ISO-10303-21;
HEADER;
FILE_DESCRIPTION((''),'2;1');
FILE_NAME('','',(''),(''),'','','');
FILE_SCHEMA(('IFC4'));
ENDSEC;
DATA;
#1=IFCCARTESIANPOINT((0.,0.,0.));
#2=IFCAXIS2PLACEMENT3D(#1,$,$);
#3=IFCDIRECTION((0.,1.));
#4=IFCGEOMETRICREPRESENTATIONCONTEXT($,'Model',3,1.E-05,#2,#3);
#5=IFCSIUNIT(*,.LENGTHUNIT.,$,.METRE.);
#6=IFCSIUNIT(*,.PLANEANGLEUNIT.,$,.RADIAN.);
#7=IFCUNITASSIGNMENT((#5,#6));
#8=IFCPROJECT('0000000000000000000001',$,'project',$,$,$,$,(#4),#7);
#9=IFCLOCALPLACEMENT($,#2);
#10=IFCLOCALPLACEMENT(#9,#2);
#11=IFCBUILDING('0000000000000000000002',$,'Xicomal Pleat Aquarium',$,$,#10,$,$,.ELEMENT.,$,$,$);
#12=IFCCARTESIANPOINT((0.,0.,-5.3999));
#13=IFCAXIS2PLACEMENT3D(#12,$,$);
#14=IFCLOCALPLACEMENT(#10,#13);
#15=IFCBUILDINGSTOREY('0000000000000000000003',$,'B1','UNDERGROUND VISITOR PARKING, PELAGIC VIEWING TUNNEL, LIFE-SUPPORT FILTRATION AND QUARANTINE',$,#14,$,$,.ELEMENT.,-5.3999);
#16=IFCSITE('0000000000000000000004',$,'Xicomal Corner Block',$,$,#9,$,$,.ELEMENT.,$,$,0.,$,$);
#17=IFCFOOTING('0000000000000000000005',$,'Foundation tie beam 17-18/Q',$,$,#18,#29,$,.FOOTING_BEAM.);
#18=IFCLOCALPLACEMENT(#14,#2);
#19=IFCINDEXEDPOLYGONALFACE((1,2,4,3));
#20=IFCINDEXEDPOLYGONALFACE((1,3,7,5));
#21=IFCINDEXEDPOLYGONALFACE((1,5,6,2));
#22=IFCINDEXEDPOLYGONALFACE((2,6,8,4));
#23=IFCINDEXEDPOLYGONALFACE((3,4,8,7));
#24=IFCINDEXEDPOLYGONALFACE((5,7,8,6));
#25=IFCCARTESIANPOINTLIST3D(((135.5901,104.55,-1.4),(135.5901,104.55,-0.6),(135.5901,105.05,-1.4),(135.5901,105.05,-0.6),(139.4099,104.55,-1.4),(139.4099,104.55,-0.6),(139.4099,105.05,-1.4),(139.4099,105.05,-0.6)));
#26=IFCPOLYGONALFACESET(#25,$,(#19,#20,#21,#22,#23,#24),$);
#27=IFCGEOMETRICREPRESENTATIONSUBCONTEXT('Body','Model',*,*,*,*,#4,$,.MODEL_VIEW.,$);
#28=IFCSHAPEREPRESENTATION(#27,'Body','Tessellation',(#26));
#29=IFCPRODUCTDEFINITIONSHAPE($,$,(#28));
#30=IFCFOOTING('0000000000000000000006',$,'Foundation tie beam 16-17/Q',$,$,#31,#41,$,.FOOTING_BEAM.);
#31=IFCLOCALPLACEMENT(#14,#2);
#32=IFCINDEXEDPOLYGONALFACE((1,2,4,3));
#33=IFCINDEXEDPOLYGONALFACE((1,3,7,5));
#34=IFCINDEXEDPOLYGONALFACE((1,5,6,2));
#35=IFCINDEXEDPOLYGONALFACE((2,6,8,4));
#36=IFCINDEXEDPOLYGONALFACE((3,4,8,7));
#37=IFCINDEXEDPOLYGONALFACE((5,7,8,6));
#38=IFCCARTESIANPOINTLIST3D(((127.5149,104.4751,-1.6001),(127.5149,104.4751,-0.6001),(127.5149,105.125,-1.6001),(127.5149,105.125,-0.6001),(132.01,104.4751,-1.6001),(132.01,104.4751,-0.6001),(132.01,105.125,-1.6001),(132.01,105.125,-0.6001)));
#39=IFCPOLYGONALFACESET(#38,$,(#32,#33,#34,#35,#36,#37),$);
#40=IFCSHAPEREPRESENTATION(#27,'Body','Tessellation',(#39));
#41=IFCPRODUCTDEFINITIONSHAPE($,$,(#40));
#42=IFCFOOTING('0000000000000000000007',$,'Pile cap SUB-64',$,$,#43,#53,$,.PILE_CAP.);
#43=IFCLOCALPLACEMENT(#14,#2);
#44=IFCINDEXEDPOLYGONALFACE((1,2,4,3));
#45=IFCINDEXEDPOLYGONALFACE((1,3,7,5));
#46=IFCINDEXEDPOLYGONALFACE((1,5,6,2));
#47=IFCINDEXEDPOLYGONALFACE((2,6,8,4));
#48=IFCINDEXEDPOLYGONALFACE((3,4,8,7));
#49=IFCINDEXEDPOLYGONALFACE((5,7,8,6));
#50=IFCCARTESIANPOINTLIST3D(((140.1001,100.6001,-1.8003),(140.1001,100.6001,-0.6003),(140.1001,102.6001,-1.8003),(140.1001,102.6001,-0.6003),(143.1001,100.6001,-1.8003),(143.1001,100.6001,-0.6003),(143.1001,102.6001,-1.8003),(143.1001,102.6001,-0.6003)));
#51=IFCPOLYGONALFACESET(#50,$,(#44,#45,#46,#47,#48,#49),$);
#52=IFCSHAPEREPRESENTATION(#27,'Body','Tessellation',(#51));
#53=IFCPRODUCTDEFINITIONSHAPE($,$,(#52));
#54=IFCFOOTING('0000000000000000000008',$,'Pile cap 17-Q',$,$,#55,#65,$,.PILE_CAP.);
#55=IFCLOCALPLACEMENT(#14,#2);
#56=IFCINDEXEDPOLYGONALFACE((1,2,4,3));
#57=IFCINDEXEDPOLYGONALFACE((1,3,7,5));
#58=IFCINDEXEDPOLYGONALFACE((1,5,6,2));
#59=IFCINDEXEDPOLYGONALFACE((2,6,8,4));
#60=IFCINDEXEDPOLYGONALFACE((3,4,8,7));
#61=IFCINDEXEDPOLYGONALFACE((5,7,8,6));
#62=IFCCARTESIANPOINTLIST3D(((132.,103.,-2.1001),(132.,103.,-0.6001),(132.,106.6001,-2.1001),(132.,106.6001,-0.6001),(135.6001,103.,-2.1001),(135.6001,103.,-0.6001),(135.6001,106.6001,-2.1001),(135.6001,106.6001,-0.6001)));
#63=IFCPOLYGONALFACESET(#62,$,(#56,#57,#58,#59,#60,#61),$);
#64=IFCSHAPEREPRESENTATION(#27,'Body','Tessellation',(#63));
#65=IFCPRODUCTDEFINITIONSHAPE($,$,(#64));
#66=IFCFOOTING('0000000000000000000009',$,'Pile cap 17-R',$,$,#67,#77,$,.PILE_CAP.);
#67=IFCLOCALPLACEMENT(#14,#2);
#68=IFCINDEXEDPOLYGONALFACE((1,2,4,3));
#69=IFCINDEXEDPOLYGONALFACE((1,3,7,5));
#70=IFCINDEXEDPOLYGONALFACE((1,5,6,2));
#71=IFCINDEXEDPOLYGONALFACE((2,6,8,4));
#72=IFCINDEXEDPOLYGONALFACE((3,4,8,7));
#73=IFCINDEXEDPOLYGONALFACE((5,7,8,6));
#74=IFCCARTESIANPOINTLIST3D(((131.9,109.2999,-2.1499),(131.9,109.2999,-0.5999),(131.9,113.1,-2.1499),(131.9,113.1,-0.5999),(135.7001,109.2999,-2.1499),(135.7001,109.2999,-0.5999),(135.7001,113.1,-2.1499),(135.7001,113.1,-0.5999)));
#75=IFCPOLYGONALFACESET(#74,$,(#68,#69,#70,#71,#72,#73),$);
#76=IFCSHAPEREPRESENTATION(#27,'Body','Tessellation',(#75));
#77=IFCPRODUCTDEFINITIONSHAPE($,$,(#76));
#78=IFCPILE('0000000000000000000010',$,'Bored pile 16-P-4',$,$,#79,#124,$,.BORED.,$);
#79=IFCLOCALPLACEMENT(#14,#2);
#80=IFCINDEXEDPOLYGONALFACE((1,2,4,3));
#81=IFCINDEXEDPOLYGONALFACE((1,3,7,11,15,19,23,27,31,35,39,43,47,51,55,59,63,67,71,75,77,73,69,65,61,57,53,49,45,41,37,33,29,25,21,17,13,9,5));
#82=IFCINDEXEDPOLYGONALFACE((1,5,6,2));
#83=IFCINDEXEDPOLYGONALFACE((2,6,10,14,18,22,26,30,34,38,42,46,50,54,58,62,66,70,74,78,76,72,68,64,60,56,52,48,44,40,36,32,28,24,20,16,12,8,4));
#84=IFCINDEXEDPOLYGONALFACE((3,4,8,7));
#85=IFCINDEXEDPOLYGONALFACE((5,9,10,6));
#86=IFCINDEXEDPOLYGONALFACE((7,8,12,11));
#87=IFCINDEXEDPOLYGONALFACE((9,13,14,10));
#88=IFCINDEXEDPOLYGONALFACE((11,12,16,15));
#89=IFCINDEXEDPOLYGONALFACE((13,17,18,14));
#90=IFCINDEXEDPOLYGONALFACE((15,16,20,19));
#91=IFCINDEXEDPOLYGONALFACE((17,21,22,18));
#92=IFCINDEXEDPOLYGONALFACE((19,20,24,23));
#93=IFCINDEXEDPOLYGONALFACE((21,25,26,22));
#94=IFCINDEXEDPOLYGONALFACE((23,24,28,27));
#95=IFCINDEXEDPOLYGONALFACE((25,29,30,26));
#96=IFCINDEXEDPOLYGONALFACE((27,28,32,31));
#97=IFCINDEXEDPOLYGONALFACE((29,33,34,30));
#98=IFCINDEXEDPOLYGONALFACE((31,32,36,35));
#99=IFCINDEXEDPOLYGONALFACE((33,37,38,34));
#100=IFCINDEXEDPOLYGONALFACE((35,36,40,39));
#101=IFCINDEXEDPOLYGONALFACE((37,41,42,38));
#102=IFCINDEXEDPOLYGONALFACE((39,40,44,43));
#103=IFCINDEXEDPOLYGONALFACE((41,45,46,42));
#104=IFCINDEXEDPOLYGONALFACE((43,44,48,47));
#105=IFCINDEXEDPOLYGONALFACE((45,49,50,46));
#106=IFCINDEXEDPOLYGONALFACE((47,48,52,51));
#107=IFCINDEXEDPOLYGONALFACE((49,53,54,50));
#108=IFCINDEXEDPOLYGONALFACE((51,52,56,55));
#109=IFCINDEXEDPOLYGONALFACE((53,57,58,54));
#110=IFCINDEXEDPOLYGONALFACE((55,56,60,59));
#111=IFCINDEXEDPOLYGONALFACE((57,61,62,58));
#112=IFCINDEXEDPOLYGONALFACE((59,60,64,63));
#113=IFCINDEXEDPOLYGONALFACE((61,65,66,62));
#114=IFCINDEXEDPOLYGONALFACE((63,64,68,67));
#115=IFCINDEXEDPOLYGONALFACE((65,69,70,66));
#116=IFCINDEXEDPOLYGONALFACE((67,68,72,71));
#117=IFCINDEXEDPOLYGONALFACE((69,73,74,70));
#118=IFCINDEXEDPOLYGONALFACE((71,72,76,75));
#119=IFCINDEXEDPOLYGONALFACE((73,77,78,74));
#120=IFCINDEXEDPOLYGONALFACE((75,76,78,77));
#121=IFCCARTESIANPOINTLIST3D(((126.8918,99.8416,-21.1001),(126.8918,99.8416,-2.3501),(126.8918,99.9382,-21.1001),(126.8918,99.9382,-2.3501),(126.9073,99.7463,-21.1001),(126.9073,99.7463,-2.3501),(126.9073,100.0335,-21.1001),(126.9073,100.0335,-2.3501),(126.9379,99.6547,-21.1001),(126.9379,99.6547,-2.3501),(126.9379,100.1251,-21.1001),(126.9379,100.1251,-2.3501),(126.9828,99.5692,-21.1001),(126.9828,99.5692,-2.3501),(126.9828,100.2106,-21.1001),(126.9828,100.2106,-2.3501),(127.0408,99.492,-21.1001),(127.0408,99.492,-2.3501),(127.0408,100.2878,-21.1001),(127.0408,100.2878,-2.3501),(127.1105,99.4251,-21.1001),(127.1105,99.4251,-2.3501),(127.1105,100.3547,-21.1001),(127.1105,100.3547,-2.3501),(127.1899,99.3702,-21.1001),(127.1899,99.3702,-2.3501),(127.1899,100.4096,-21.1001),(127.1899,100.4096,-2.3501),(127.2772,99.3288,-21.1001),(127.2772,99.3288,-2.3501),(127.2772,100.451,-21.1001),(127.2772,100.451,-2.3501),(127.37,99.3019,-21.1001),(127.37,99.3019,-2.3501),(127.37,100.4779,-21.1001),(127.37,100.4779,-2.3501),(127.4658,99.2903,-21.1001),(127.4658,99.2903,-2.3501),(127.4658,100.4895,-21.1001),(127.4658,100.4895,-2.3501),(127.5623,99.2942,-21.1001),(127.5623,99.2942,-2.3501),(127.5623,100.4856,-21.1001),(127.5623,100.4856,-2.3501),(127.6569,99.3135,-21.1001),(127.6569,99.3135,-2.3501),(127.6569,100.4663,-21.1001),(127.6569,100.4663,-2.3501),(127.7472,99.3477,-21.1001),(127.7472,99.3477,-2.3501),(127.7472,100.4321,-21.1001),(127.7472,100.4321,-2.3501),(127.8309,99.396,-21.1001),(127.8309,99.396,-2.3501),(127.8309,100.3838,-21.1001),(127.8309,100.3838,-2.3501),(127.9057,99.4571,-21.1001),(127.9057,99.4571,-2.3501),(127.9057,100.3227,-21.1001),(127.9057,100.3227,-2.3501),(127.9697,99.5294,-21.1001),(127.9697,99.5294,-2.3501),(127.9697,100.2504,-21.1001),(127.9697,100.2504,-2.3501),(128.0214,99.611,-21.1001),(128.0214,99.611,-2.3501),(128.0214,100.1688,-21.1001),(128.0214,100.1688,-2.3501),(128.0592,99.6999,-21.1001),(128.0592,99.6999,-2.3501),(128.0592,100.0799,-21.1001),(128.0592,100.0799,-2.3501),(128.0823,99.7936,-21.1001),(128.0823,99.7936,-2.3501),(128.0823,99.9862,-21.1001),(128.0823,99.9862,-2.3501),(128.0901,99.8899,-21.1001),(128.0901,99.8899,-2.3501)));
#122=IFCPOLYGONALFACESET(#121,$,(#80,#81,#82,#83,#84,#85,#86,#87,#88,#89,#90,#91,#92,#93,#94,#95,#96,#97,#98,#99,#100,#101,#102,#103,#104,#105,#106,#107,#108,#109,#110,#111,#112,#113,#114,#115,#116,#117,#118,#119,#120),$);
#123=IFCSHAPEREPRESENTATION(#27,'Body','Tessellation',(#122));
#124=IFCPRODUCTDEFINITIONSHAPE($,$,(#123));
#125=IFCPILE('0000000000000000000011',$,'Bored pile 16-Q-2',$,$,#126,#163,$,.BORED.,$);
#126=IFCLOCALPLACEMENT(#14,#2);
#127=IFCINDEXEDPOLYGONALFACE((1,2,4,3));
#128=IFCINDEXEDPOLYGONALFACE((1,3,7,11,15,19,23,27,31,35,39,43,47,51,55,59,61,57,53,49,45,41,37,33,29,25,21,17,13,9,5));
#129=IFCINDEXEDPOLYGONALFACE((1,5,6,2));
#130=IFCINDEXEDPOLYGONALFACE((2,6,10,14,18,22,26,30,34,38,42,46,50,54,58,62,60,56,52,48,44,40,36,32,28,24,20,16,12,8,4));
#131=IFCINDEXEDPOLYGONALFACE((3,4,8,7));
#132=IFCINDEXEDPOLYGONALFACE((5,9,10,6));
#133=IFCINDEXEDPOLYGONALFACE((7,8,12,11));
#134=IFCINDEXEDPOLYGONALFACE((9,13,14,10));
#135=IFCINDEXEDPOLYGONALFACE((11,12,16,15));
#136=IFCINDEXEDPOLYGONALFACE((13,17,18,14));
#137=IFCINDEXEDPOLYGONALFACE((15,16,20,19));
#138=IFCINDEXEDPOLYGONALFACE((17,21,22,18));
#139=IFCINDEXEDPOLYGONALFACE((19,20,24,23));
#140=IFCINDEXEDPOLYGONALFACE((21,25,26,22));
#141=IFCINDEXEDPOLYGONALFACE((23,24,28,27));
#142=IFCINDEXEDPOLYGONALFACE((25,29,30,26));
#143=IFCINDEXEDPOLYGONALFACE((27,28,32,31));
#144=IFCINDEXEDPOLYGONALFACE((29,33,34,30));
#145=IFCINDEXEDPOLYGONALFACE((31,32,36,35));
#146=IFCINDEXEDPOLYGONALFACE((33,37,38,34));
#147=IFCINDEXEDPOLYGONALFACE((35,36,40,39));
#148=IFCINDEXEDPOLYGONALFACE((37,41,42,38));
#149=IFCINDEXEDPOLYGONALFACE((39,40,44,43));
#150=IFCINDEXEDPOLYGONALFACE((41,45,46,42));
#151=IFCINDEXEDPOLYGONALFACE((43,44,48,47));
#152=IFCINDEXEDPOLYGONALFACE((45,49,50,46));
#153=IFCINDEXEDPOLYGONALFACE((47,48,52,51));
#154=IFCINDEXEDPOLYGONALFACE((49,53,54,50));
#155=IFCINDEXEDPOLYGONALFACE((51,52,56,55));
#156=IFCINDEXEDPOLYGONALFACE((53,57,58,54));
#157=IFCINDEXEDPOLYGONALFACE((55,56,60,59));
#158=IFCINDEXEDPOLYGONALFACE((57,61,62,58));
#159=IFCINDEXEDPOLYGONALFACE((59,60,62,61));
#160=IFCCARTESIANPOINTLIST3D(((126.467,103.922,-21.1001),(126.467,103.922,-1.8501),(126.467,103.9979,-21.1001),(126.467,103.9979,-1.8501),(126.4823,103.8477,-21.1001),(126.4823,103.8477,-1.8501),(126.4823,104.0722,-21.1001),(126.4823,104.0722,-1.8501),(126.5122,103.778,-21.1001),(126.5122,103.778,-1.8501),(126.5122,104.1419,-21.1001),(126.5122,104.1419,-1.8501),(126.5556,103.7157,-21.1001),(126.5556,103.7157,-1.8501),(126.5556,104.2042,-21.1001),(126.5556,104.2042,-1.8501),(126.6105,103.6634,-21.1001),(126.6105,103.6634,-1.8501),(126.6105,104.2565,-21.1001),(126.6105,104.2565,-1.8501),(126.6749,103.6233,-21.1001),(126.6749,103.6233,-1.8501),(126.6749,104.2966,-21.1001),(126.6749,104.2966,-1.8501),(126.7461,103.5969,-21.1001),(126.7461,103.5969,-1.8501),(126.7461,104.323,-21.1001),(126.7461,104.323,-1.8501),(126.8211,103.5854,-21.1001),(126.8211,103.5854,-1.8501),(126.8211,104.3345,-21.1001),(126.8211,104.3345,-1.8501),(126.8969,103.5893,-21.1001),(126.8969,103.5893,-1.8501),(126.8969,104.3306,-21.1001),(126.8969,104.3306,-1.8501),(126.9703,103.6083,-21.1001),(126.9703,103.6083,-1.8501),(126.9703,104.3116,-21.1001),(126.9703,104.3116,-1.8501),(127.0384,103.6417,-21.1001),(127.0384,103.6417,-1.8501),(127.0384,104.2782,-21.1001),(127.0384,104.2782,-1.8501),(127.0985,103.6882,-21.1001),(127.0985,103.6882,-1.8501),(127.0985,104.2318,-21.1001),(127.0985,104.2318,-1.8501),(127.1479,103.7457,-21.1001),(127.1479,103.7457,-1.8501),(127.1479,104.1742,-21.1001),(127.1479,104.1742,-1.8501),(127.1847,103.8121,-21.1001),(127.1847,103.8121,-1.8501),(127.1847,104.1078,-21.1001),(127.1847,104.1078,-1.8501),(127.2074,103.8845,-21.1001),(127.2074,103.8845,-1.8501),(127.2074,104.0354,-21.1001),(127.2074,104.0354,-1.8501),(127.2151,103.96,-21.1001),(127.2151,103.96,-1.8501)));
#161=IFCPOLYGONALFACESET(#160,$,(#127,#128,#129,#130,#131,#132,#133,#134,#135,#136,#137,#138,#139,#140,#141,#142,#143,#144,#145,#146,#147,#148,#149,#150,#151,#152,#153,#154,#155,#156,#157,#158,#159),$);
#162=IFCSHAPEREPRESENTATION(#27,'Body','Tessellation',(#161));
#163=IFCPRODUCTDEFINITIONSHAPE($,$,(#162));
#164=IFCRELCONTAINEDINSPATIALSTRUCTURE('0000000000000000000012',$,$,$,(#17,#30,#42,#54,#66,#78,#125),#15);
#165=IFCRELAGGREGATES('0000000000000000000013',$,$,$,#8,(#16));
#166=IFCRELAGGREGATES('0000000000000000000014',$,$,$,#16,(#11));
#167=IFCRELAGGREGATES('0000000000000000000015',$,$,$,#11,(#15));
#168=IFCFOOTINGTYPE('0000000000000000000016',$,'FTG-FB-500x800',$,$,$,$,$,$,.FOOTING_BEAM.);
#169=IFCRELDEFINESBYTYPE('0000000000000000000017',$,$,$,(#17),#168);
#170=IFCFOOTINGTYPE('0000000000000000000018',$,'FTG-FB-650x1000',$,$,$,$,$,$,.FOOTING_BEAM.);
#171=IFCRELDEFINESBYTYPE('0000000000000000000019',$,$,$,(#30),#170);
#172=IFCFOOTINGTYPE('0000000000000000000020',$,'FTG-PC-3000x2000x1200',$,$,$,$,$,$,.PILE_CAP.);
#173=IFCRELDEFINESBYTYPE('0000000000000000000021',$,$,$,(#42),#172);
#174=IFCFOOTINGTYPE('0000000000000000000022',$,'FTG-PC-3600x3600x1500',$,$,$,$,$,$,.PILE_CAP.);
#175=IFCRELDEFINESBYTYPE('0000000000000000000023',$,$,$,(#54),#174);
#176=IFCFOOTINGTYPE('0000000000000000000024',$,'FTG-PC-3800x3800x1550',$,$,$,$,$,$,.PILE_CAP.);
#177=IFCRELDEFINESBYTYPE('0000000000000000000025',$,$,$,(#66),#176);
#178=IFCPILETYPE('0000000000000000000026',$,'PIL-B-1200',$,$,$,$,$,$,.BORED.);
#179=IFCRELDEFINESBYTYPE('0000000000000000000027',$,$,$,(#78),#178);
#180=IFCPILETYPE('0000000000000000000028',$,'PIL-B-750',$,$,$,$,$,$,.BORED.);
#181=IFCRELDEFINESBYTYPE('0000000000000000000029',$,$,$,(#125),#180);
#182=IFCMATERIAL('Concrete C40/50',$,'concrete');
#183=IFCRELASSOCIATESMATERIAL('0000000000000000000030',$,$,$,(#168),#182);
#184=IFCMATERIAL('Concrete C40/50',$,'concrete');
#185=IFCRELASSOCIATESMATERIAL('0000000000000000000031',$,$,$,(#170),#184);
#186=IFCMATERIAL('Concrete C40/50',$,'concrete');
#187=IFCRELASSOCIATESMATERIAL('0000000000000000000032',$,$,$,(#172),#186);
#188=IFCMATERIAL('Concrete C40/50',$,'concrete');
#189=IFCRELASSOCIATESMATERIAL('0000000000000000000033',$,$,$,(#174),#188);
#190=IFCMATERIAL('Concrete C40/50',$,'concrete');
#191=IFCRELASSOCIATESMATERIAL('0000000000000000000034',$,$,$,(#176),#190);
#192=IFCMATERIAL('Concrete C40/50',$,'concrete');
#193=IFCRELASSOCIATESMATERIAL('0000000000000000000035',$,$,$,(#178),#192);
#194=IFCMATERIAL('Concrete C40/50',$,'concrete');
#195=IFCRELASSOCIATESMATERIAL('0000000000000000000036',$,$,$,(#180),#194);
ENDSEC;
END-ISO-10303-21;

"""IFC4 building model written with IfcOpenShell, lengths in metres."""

from ifc_helpers import new_model, si_unit, direction, frame, origin, origin_2d, place, context, subcontext, project, spatial, rectangle, circle, extrude, material, material_profile, profile_set, type_object, element, save


model = new_model("IFC4")

# Units and contexts
model_context = context("Model", 3, precision=1e-05, world=origin(), true_north=direction((0.0, 1.0)))
body_context = subcontext(model_context, "Body", "Model", "MODEL_VIEW")
ifc_project = project(units=[si_unit("LENGTHUNIT", "METRE"), si_unit("PLANEANGLEUNIT", "RADIAN")], contexts=[model_context])

# Site, building, storey
site_placement = place(None, origin())
site = spatial("IfcSite", under=ifc_project, at=site_placement, Name="Xicomal Corner Block", CompositionType="ELEMENT", RefElevation=0.0)
building_placement = place(site_placement, origin())
building = spatial("IfcBuilding", under=site, at=building_placement, Name="Xicomal Pleat Aquarium", CompositionType="ELEMENT")
storey_placement = place(building_placement, frame((0.0, 0.0, -5.3999)))
storey = spatial("IfcBuildingStorey", under=building, at=storey_placement, Name="B1", Description="UNDERGROUND VISITOR PARKING, PELAGIC VIEWING TUNNEL, LIFE-SUPPORT FILTRATION AND QUARANTINE", CompositionType="ELEMENT", Elevation=-5.3999)

# Footings
ifc_material_1 = material(Name="Concrete C40/50", Category="concrete")
ifc_material_profile_1 = material_profile(ifc_material_1, rectangle(XDim=0.5, YDim=0.8, at=origin_2d()), Name="FB-01 500x800")
ifc_profile_set_1 = profile_set([ifc_material_profile_1], Name="Concrete C40/50")
footing_type_1 = type_object("IfcFootingType", Name="FTG-FB-500x800", PredefinedType="FOOTING_BEAM", material=ifc_profile_set_1)
footing_1_placement = place(storey_placement, frame((135.5901, 104.8, -1.0), z_axis=(1.0, 0.0, 0.0), x_axis=(0.0, 1.0, 0.0)))
element("IfcFooting", 1, at=footing_1_placement, inside=storey, type_object=footing_type_1, Name="Foundation tie beam 17-18/Q", PredefinedType="FOOTING_BEAM", context=body_context, shape_type="SweptSolid", body=[
    extrude(rectangle(XDim=0.5, YDim=0.8, at=origin_2d()), origin(), (0.0, 0.0, 1.0), 3.8198),
])
ifc_material_2 = material(Name="Concrete C40/50", Category="concrete")
ifc_material_profile_2 = material_profile(ifc_material_2, rectangle(XDim=0.6499, YDim=1.0, at=origin_2d()), Name="FB-03 650x1000")
ifc_profile_set_2 = profile_set([ifc_material_profile_2], Name="Concrete C40/50")
footing_type_2 = type_object("IfcFootingType", Name="FTG-FB-650x1000", PredefinedType="FOOTING_BEAM", material=ifc_profile_set_2)
footing_2_placement = place(storey_placement, frame((127.5149, 104.8, -1.1001), z_axis=(1.0, 0.0, 0.0), x_axis=(0.0, 1.0, 0.0)))
element("IfcFooting", 2, at=footing_2_placement, inside=storey, type_object=footing_type_2, Name="Foundation tie beam 16-17/Q", PredefinedType="FOOTING_BEAM", context=body_context, shape_type="SweptSolid", body=[
    extrude(rectangle(XDim=0.6499, YDim=1.0, at=origin_2d()), origin(), (0.0, 0.0, 1.0), 4.4951),
])
ifc_material_3 = material(Name="Concrete C40/50", Category="concrete")
footing_type_3 = type_object("IfcFootingType", Name="FTG-PC-3000x2000x1200", PredefinedType="PILE_CAP", material=ifc_material_3)
footing_3_placement = place(storey_placement, frame((141.6001, 101.6001, -1.8003), z_axis=(0.0, 0.0, 1.0), x_axis=(1.0, 0.0, 0.0)))
element("IfcFooting", 3, at=footing_3_placement, inside=storey, type_object=footing_type_3, Name="Pile cap SUB-64", PredefinedType="PILE_CAP", context=body_context, shape_type="SweptSolid", body=[
    extrude(rectangle(XDim=3.0, YDim=2.0, at=origin_2d()), origin(), (0.0, 0.0, 1.0), 1.2),
])
ifc_material_4 = material(Name="Concrete C40/50", Category="concrete")
footing_type_4 = type_object("IfcFootingType", Name="FTG-PC-3600x3600x1500", PredefinedType="PILE_CAP", material=ifc_material_4)
footing_4_placement = place(storey_placement, frame((133.8, 104.8, -2.1001), z_axis=(0.0, 0.0, 1.0), x_axis=(1.0, 0.0, 0.0)))
element("IfcFooting", 4, at=footing_4_placement, inside=storey, type_object=footing_type_4, Name="Pile cap 17-Q", PredefinedType="PILE_CAP", context=body_context, shape_type="SweptSolid", body=[
    extrude(rectangle(XDim=3.6001, YDim=3.6001, at=origin_2d()), origin(), (0.0, 0.0, 1.0), 1.5),
])
ifc_material_5 = material(Name="Concrete C40/50", Category="concrete")
footing_type_5 = type_object("IfcFootingType", Name="FTG-PC-3800x3800x1550", PredefinedType="PILE_CAP", material=ifc_material_5)
footing_5_placement = place(storey_placement, frame((133.8, 111.2, -2.1499), z_axis=(0.0, 0.0, 1.0), x_axis=(1.0, 0.0, 0.0)))
element("IfcFooting", 5, at=footing_5_placement, inside=storey, type_object=footing_type_5, Name="Pile cap 17-R", PredefinedType="PILE_CAP", context=body_context, shape_type="SweptSolid", body=[
    extrude(rectangle(XDim=3.8, YDim=3.8, at=origin_2d()), origin(), (0.0, 0.0, 1.0), 1.55),
])

# Piles
ifc_material_6 = material(Name="Concrete C40/50", Category="concrete")
ifc_material_profile_3 = material_profile(ifc_material_6, circle(Radius=0.6001, at=origin_2d()), Name="BORED PILE D1200")
ifc_profile_set_3 = profile_set([ifc_material_profile_3], Name="Concrete C40/50")
pile_type_1 = type_object("IfcPileType", Name="PIL-B-1200", PredefinedType="BORED", material=ifc_profile_set_3)
pile_1_placement = place(storey_placement, frame((127.49, 99.8899, -2.3501), z_axis=(0.0, 0.0, -1.0), x_axis=(1.0, 0.0, 0.0)))
element("IfcPile", 6, at=pile_1_placement, inside=storey, type_object=pile_type_1, Name="Bored pile 16-P-4", PredefinedType="BORED", context=body_context, shape_type="SweptSolid", body=[
    extrude(circle(Radius=0.6001, at=origin_2d()), origin(), (0.0, 0.0, 1.0), 18.75),
])
ifc_material_7 = material(Name="Concrete C40/50", Category="concrete")
ifc_material_profile_4 = material_profile(ifc_material_7, circle(Radius=0.375, at=origin_2d()), Name="BORED PILE D750")
ifc_profile_set_4 = profile_set([ifc_material_profile_4], Name="Concrete C40/50")
pile_type_2 = type_object("IfcPileType", Name="PIL-B-750", PredefinedType="BORED", material=ifc_profile_set_4)
for number, where, z_axis, x_axis, name in (
    (7, (126.8401, 103.96, -1.8501), (0.0, 0.0, -1.0), (1.0, 0.0, 0.0), "Bored pile 16-Q-2"),
):
    element("IfcPile", number, at=place(storey_placement, frame(where, z_axis=z_axis, x_axis=x_axis)), inside=storey, type_object=pile_type_2, Name=name, PredefinedType="BORED", context=body_context, shape_type="SweptSolid", body=[
        extrude(circle(Radius=0.375, at=origin_2d()), origin(), (0.0, 0.0, 1.0), 19.25),
    ])

save(model, "model.ifc")
